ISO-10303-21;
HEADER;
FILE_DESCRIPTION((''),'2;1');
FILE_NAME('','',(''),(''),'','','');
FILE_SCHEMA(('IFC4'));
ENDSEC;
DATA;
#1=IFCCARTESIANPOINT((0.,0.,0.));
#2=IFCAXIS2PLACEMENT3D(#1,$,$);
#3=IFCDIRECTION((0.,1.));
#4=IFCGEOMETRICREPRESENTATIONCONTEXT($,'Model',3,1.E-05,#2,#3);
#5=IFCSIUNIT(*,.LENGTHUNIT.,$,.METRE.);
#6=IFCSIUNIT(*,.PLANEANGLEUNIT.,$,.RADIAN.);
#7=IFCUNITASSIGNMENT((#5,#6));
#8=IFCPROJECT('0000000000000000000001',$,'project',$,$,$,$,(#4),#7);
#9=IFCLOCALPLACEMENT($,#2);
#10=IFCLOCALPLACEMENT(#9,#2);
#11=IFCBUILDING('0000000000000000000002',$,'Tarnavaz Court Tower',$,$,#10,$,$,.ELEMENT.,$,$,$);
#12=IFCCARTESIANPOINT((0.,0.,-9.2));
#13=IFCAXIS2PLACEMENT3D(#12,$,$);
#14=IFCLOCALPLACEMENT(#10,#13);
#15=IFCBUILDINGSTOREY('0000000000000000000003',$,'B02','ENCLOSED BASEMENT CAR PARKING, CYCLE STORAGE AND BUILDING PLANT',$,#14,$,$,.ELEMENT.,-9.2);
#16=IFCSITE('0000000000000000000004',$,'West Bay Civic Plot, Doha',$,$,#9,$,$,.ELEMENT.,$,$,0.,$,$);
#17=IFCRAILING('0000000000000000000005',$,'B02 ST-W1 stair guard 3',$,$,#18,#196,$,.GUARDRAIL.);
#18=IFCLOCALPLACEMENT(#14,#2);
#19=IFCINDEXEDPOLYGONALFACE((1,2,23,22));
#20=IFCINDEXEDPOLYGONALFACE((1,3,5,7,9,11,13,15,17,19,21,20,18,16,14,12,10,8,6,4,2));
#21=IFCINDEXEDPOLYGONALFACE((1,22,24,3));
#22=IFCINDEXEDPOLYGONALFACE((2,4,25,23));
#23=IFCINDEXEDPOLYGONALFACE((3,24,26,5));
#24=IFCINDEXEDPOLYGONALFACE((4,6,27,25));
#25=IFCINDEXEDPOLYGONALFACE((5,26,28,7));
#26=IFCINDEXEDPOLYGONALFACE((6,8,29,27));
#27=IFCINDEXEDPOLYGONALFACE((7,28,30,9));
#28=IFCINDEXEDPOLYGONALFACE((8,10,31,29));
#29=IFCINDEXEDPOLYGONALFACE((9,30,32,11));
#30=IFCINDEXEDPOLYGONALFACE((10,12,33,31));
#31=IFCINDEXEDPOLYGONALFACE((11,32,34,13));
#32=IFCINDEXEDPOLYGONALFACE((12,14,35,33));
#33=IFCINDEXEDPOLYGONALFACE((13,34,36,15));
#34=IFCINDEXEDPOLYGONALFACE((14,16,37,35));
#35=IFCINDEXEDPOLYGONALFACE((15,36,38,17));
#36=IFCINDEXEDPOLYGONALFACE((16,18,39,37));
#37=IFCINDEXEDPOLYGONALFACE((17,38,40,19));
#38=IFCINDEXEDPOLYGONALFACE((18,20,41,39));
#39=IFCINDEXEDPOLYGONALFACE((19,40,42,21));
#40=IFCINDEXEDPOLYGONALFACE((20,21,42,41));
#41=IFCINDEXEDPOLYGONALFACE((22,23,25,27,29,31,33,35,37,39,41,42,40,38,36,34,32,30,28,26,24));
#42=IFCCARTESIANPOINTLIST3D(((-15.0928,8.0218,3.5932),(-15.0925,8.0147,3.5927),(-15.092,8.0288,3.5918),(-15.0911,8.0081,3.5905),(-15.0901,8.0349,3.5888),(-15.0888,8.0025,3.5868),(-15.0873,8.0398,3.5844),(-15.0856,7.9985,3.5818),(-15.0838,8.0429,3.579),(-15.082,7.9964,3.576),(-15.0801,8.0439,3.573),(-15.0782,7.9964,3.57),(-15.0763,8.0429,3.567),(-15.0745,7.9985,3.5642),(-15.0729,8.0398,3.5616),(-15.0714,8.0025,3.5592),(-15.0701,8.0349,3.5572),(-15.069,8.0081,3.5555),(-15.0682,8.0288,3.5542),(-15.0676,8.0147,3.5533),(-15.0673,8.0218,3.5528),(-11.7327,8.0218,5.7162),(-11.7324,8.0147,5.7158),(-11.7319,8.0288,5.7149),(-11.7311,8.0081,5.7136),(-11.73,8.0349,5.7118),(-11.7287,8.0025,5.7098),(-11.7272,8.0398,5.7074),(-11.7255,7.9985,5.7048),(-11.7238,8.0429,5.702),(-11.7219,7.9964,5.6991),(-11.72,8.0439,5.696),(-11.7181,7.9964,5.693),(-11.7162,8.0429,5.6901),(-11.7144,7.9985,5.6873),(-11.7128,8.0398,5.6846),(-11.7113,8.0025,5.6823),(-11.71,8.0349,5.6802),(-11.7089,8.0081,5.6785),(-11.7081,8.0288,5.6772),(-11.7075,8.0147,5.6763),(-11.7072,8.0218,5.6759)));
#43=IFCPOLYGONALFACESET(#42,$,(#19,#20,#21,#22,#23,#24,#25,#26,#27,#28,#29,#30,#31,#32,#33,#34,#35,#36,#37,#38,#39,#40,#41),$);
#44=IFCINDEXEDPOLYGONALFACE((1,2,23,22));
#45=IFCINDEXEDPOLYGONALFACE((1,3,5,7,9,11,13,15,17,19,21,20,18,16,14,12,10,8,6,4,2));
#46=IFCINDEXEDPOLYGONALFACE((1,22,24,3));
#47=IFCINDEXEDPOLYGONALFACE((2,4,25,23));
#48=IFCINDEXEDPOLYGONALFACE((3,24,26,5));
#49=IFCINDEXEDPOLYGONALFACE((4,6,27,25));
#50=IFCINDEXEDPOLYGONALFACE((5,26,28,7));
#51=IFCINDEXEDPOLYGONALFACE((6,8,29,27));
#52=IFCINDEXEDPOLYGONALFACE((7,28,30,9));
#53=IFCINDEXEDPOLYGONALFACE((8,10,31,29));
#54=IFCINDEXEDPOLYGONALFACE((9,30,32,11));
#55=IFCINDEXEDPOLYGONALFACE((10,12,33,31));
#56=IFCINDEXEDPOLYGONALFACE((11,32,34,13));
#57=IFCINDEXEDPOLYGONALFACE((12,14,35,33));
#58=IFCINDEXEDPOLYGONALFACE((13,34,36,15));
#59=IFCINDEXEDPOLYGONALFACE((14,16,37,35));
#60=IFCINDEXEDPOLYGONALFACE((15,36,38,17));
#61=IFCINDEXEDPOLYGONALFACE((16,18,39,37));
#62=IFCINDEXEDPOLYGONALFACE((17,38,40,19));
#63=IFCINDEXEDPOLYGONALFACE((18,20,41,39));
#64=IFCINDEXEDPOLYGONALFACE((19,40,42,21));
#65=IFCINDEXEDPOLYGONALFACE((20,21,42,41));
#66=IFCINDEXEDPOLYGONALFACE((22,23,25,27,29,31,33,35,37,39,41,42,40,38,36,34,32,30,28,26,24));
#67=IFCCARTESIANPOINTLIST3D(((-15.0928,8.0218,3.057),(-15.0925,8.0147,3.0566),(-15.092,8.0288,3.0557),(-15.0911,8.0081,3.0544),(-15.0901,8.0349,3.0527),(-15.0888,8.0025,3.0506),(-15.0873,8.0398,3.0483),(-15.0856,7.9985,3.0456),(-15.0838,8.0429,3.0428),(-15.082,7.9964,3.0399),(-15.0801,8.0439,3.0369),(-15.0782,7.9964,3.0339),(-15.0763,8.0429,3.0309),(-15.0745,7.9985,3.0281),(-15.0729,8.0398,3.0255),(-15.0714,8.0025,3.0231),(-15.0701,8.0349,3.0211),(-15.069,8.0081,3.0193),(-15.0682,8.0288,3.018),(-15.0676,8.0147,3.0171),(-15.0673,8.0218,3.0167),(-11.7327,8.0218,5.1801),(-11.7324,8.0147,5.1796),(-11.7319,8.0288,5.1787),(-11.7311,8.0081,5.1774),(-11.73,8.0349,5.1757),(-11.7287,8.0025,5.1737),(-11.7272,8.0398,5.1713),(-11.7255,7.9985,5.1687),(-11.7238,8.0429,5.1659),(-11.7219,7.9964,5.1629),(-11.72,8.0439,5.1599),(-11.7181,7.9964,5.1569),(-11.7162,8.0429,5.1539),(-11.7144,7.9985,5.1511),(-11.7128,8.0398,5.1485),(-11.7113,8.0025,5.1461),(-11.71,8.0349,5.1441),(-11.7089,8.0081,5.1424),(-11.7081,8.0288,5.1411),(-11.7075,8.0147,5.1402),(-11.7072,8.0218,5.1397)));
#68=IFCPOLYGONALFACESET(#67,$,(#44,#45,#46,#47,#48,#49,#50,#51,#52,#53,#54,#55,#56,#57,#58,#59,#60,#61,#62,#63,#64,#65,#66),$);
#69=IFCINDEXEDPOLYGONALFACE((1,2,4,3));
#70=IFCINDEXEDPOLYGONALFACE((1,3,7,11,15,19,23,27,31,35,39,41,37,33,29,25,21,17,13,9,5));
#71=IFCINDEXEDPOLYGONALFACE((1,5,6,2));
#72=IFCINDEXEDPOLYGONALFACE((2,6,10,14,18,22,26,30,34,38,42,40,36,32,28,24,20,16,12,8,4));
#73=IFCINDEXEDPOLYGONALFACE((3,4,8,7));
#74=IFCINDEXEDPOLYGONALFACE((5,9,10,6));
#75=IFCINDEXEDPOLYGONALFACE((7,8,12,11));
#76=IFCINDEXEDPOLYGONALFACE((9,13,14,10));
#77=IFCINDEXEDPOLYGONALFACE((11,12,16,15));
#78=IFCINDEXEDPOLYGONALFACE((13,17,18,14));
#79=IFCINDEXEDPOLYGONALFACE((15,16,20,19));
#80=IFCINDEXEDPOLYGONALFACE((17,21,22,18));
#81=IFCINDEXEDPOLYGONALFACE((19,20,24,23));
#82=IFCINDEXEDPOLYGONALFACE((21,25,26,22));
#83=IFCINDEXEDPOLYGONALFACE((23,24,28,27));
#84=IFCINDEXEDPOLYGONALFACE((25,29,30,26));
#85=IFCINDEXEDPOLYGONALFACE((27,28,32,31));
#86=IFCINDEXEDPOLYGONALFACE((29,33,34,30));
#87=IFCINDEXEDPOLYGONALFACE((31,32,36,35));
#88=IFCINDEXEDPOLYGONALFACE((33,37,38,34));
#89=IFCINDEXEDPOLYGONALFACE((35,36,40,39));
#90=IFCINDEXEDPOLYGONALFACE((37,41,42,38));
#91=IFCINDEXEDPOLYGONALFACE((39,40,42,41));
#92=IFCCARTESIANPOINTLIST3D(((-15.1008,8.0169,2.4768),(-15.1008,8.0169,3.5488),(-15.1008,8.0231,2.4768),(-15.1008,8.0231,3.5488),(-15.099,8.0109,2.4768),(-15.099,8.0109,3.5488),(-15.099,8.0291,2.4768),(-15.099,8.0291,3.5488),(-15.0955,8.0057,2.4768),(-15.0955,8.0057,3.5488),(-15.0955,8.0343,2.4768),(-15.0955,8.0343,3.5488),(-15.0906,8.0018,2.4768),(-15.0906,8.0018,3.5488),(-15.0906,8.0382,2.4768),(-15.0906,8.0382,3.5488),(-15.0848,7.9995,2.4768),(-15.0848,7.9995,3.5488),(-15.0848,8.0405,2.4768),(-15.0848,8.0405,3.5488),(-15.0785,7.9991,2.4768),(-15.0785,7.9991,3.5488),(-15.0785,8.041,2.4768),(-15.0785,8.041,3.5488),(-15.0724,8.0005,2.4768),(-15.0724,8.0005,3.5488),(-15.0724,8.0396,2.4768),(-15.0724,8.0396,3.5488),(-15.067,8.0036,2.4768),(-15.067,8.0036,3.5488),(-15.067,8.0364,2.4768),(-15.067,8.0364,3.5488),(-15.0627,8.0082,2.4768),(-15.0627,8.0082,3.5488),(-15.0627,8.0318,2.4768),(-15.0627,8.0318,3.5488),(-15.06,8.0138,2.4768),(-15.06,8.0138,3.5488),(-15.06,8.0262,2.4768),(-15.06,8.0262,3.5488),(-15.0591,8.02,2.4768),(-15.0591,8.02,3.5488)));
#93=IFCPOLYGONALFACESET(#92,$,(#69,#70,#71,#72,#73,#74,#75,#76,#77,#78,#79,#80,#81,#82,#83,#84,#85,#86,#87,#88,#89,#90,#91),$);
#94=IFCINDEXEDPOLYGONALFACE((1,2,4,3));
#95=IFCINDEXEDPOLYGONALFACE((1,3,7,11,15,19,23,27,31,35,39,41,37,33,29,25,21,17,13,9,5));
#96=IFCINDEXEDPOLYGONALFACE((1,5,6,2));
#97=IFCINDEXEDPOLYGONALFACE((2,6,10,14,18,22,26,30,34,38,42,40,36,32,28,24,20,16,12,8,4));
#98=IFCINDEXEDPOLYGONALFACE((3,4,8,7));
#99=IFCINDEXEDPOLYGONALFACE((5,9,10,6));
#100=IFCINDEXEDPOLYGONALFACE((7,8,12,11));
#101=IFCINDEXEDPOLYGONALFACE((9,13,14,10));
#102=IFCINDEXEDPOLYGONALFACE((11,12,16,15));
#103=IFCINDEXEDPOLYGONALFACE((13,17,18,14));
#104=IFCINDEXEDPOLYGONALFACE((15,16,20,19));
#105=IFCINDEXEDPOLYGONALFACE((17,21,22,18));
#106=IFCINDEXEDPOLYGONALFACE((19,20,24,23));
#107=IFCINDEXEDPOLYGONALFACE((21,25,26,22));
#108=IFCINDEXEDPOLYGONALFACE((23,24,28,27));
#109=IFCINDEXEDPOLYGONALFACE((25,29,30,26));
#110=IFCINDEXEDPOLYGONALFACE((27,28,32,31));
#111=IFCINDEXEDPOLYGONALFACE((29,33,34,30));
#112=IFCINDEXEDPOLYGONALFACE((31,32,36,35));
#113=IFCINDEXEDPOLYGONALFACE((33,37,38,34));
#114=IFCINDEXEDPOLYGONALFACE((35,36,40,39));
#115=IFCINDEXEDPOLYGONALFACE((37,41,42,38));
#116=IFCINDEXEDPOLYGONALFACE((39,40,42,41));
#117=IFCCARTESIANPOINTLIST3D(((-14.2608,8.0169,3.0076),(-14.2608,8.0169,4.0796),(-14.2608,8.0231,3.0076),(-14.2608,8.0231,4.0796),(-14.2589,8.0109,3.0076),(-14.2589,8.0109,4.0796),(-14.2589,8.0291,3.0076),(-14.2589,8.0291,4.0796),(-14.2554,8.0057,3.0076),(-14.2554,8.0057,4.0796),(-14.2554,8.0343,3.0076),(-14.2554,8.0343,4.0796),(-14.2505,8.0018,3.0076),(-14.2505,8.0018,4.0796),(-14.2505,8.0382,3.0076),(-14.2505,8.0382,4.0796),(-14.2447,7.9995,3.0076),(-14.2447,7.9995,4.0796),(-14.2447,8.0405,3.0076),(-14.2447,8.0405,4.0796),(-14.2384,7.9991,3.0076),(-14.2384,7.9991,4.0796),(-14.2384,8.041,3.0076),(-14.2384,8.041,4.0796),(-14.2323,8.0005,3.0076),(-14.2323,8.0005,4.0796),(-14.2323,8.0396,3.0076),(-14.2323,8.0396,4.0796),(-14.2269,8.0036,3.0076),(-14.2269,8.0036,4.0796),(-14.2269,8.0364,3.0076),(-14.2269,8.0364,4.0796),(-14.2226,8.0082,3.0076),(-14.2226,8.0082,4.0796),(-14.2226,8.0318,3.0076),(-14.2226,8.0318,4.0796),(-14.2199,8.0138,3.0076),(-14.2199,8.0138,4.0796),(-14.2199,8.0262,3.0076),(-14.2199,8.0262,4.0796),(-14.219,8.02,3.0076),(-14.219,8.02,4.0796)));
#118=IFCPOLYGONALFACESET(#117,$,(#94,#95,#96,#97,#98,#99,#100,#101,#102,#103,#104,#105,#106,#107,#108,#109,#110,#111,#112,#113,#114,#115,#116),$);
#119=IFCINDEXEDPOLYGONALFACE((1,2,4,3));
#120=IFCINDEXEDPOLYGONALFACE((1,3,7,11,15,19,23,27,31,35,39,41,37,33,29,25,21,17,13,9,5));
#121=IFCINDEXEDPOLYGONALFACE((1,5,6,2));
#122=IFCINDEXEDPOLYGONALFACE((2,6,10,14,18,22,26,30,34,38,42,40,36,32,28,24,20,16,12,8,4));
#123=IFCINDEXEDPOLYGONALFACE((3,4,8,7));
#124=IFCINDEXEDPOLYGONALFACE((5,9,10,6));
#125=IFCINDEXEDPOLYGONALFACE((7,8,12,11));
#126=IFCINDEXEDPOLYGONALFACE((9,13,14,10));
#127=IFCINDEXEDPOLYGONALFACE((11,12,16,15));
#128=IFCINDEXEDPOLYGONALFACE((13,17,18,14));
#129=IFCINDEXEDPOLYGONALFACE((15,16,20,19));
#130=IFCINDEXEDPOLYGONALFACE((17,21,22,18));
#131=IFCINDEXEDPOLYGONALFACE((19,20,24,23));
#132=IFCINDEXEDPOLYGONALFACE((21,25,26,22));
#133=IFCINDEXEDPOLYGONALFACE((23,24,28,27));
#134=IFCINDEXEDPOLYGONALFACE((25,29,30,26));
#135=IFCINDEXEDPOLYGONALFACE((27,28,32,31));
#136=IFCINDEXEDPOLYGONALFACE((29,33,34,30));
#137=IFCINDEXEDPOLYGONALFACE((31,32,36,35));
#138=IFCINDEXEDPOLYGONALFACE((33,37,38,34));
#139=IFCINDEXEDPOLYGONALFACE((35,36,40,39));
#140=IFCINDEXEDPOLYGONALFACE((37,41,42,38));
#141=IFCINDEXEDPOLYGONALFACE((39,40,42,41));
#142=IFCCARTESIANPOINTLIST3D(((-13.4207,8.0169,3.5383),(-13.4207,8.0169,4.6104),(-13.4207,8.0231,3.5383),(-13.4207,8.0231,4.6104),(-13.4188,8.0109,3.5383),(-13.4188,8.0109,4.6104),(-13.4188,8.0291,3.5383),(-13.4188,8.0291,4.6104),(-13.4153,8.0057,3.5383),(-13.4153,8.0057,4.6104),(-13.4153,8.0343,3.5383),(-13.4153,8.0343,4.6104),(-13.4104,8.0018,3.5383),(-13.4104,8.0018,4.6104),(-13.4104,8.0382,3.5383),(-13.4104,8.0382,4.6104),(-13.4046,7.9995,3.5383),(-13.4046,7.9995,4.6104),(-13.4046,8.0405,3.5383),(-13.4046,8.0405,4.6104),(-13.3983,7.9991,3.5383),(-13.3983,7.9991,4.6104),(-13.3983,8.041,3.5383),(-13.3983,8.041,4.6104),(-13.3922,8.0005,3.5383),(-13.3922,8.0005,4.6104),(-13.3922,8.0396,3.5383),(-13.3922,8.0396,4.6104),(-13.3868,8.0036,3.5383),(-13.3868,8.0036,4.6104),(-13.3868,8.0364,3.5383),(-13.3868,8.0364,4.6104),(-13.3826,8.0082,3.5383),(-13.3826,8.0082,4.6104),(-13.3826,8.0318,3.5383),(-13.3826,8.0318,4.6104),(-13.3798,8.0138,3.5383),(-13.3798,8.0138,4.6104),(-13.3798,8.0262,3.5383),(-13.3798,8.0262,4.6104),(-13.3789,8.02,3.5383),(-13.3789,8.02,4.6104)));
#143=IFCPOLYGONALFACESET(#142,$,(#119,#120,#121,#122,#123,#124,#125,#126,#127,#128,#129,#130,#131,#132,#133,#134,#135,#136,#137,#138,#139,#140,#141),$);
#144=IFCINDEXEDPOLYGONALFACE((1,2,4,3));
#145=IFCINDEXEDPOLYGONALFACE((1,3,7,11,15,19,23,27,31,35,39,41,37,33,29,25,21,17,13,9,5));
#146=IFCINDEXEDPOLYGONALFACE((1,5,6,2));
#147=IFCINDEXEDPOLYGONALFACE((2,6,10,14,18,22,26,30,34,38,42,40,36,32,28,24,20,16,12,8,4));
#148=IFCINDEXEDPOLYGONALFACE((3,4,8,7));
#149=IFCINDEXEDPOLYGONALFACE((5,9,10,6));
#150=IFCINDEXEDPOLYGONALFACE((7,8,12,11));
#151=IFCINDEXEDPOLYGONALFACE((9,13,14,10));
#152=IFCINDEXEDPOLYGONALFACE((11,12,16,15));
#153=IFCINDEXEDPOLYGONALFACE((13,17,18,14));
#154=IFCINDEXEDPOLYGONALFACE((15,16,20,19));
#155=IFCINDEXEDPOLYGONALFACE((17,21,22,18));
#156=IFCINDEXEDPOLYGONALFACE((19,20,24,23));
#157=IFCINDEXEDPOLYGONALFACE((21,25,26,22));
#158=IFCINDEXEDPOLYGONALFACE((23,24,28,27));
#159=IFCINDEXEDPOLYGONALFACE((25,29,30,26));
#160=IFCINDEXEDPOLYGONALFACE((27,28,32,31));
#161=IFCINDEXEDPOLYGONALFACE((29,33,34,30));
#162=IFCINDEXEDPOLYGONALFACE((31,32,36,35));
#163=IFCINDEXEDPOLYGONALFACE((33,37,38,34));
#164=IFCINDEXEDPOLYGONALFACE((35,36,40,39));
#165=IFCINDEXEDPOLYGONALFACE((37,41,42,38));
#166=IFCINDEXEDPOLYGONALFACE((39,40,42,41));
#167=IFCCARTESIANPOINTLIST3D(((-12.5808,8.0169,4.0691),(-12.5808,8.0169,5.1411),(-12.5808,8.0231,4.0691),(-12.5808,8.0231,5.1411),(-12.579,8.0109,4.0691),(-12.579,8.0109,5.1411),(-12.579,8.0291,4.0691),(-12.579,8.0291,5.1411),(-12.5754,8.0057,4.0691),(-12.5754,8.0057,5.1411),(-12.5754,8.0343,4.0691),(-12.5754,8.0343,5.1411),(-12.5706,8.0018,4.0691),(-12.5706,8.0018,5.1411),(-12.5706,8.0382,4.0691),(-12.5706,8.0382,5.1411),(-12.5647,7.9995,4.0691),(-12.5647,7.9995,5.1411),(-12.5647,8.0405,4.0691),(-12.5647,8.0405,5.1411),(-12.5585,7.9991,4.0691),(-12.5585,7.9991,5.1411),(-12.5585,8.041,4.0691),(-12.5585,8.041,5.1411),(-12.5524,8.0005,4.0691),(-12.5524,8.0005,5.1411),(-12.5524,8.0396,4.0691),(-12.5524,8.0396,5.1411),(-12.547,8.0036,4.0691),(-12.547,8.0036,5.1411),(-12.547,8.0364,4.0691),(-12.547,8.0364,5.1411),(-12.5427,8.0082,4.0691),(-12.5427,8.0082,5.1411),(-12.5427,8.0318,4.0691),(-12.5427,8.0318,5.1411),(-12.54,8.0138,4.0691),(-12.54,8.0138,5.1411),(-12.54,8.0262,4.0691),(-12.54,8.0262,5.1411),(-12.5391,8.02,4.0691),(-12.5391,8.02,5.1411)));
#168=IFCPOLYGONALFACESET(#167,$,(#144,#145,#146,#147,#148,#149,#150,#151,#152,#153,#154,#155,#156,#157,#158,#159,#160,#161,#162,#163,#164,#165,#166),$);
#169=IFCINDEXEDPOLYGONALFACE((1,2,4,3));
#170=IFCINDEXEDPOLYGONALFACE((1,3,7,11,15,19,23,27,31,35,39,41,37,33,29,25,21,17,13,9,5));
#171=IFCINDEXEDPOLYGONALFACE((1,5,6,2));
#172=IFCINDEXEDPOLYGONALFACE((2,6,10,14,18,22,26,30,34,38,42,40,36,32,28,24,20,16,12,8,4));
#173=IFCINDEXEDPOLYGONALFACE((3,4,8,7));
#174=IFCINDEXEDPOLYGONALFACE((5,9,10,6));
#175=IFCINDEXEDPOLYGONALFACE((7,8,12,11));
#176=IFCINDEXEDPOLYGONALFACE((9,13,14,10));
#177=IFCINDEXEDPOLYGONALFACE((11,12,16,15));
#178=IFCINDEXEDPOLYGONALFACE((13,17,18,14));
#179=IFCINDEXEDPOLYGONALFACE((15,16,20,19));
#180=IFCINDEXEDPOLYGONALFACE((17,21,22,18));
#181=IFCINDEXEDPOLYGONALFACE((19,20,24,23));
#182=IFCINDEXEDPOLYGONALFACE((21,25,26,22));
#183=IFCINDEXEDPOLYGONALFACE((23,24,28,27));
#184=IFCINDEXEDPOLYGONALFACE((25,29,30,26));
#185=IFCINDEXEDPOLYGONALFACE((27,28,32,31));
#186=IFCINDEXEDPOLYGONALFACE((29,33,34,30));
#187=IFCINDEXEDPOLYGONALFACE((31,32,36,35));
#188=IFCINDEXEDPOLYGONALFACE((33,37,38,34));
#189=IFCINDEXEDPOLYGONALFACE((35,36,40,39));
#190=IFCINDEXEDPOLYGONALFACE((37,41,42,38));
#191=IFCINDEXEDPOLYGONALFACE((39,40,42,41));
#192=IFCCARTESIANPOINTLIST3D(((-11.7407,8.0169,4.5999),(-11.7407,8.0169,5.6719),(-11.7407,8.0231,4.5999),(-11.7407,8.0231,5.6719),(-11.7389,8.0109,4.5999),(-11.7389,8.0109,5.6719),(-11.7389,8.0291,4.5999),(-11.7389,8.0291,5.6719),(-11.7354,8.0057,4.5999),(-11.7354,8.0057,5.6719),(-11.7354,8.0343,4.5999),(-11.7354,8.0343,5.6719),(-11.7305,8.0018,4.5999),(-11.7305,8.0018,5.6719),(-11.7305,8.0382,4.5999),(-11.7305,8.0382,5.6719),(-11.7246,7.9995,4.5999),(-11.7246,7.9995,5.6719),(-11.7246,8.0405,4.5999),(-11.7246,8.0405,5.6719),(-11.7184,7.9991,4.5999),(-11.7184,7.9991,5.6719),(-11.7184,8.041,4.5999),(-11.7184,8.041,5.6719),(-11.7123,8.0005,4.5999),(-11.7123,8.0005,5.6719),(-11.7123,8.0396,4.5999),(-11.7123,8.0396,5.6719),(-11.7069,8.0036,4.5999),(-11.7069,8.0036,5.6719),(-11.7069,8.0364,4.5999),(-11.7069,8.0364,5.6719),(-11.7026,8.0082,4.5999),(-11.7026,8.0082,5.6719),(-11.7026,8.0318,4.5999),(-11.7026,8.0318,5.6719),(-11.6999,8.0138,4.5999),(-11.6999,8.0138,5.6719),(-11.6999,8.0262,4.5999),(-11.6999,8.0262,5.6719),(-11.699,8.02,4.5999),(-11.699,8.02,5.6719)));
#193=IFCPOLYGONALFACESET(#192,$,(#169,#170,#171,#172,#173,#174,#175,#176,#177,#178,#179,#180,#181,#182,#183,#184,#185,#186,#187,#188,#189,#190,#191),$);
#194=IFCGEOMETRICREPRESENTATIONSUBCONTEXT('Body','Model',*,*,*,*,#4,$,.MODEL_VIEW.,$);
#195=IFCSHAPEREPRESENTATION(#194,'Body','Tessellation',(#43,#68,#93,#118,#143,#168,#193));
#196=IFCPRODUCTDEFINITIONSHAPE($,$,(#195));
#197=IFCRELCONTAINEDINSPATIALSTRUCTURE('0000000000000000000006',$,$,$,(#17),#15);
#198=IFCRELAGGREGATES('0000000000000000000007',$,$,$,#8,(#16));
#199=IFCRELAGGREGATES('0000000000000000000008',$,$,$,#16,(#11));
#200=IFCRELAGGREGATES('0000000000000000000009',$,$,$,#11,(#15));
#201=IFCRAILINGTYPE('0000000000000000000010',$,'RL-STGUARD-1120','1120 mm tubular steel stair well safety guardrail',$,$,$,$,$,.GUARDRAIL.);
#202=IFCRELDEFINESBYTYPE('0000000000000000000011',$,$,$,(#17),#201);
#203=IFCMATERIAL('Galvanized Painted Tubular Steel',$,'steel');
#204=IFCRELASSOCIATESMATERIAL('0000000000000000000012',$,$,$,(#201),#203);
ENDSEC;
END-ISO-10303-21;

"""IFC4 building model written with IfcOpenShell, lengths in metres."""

from ifc_helpers import new_model, si_unit, direction, frame, origin, origin_2d, place, context, subcontext, project, spatial, circle, extrude, material, type_object, element, save


model = new_model("IFC4")

# Units and contexts
model_context = context("Model", 3, precision=1e-05, world=origin(), true_north=direction((0.0, 1.0)))
body_context = subcontext(model_context, "Body", "Model", "MODEL_VIEW")
ifc_project = project(units=[si_unit("LENGTHUNIT", "METRE"), si_unit("PLANEANGLEUNIT", "RADIAN")], contexts=[model_context])

# Site, building, storey
site_placement = place(None, origin())
site = spatial("IfcSite", under=ifc_project, at=site_placement, Name="West Bay Civic Plot, Doha", CompositionType="ELEMENT", RefElevation=0.0)
building_placement = place(site_placement, origin())
building = spatial("IfcBuilding", under=site, at=building_placement, Name="Tarnavaz Court Tower", CompositionType="ELEMENT")
storey_placement = place(building_placement, frame((0.0, 0.0, -9.2)))
storey = spatial("IfcBuildingStorey", under=building, at=storey_placement, Name="B02", Description="ENCLOSED BASEMENT CAR PARKING, CYCLE STORAGE AND BUILDING PLANT", CompositionType="ELEMENT", Elevation=-9.2)

# Railing
ifc_material_1 = material(Name="Galvanized Painted Tubular Steel", Category="steel")
railing_type_1 = type_object("IfcRailingType", Name="RL-STGUARD-1120", Description="1120 mm tubular steel stair well safety guardrail", PredefinedType="GUARDRAIL", material=ifc_material_1)
railing_1_placement = place(storey_placement, frame((-15.0801, 8.02, 2.4768)))
element("IfcRailing", 1, at=railing_1_placement, inside=storey, type_object=railing_type_1, Name="B02 ST-W1 stair guard 3", PredefinedType="GUARDRAIL", context=body_context, shape_type="SweptSolid", body=[
    extrude(circle(Radius=0.0239, at=origin_2d()), frame((0.0, 0.0, 1.0962), z_axis=(0.84539, 0.0, 0.53415), x_axis=(0.0, 1.0, 0.0)), (0.0, 0.0, 1.0), 3.9746),
    extrude(circle(Radius=0.0239, at=origin_2d()), frame((0.0, 0.0, 0.5601), z_axis=(0.84539, 0.0, 0.53415), x_axis=(0.0, 1.0, 0.0)), (0.0, 0.0, 1.0), 3.9746),
    extrude(circle(Radius=0.021, at=origin_2d()), origin(), (0.0, 0.0, 1.0), 1.072),
    extrude(circle(Radius=0.021, at=origin_2d()), frame((0.8401, 0.0, 0.5308)), (0.0, 0.0, 1.0), 1.072),
    extrude(circle(Radius=0.021, at=origin_2d()), frame((1.6802, 0.0, 1.0615)), (0.0, 0.0, 1.0), 1.072),
    extrude(circle(Radius=0.021, at=origin_2d()), frame((2.52, 0.0, 1.5923)), (0.0, 0.0, 1.0), 1.072),
    extrude(circle(Radius=0.021, at=origin_2d()), frame((3.3601, 0.0, 2.123)), (0.0, 0.0, 1.0), 1.072),
])

save(model, "model.ifc")
